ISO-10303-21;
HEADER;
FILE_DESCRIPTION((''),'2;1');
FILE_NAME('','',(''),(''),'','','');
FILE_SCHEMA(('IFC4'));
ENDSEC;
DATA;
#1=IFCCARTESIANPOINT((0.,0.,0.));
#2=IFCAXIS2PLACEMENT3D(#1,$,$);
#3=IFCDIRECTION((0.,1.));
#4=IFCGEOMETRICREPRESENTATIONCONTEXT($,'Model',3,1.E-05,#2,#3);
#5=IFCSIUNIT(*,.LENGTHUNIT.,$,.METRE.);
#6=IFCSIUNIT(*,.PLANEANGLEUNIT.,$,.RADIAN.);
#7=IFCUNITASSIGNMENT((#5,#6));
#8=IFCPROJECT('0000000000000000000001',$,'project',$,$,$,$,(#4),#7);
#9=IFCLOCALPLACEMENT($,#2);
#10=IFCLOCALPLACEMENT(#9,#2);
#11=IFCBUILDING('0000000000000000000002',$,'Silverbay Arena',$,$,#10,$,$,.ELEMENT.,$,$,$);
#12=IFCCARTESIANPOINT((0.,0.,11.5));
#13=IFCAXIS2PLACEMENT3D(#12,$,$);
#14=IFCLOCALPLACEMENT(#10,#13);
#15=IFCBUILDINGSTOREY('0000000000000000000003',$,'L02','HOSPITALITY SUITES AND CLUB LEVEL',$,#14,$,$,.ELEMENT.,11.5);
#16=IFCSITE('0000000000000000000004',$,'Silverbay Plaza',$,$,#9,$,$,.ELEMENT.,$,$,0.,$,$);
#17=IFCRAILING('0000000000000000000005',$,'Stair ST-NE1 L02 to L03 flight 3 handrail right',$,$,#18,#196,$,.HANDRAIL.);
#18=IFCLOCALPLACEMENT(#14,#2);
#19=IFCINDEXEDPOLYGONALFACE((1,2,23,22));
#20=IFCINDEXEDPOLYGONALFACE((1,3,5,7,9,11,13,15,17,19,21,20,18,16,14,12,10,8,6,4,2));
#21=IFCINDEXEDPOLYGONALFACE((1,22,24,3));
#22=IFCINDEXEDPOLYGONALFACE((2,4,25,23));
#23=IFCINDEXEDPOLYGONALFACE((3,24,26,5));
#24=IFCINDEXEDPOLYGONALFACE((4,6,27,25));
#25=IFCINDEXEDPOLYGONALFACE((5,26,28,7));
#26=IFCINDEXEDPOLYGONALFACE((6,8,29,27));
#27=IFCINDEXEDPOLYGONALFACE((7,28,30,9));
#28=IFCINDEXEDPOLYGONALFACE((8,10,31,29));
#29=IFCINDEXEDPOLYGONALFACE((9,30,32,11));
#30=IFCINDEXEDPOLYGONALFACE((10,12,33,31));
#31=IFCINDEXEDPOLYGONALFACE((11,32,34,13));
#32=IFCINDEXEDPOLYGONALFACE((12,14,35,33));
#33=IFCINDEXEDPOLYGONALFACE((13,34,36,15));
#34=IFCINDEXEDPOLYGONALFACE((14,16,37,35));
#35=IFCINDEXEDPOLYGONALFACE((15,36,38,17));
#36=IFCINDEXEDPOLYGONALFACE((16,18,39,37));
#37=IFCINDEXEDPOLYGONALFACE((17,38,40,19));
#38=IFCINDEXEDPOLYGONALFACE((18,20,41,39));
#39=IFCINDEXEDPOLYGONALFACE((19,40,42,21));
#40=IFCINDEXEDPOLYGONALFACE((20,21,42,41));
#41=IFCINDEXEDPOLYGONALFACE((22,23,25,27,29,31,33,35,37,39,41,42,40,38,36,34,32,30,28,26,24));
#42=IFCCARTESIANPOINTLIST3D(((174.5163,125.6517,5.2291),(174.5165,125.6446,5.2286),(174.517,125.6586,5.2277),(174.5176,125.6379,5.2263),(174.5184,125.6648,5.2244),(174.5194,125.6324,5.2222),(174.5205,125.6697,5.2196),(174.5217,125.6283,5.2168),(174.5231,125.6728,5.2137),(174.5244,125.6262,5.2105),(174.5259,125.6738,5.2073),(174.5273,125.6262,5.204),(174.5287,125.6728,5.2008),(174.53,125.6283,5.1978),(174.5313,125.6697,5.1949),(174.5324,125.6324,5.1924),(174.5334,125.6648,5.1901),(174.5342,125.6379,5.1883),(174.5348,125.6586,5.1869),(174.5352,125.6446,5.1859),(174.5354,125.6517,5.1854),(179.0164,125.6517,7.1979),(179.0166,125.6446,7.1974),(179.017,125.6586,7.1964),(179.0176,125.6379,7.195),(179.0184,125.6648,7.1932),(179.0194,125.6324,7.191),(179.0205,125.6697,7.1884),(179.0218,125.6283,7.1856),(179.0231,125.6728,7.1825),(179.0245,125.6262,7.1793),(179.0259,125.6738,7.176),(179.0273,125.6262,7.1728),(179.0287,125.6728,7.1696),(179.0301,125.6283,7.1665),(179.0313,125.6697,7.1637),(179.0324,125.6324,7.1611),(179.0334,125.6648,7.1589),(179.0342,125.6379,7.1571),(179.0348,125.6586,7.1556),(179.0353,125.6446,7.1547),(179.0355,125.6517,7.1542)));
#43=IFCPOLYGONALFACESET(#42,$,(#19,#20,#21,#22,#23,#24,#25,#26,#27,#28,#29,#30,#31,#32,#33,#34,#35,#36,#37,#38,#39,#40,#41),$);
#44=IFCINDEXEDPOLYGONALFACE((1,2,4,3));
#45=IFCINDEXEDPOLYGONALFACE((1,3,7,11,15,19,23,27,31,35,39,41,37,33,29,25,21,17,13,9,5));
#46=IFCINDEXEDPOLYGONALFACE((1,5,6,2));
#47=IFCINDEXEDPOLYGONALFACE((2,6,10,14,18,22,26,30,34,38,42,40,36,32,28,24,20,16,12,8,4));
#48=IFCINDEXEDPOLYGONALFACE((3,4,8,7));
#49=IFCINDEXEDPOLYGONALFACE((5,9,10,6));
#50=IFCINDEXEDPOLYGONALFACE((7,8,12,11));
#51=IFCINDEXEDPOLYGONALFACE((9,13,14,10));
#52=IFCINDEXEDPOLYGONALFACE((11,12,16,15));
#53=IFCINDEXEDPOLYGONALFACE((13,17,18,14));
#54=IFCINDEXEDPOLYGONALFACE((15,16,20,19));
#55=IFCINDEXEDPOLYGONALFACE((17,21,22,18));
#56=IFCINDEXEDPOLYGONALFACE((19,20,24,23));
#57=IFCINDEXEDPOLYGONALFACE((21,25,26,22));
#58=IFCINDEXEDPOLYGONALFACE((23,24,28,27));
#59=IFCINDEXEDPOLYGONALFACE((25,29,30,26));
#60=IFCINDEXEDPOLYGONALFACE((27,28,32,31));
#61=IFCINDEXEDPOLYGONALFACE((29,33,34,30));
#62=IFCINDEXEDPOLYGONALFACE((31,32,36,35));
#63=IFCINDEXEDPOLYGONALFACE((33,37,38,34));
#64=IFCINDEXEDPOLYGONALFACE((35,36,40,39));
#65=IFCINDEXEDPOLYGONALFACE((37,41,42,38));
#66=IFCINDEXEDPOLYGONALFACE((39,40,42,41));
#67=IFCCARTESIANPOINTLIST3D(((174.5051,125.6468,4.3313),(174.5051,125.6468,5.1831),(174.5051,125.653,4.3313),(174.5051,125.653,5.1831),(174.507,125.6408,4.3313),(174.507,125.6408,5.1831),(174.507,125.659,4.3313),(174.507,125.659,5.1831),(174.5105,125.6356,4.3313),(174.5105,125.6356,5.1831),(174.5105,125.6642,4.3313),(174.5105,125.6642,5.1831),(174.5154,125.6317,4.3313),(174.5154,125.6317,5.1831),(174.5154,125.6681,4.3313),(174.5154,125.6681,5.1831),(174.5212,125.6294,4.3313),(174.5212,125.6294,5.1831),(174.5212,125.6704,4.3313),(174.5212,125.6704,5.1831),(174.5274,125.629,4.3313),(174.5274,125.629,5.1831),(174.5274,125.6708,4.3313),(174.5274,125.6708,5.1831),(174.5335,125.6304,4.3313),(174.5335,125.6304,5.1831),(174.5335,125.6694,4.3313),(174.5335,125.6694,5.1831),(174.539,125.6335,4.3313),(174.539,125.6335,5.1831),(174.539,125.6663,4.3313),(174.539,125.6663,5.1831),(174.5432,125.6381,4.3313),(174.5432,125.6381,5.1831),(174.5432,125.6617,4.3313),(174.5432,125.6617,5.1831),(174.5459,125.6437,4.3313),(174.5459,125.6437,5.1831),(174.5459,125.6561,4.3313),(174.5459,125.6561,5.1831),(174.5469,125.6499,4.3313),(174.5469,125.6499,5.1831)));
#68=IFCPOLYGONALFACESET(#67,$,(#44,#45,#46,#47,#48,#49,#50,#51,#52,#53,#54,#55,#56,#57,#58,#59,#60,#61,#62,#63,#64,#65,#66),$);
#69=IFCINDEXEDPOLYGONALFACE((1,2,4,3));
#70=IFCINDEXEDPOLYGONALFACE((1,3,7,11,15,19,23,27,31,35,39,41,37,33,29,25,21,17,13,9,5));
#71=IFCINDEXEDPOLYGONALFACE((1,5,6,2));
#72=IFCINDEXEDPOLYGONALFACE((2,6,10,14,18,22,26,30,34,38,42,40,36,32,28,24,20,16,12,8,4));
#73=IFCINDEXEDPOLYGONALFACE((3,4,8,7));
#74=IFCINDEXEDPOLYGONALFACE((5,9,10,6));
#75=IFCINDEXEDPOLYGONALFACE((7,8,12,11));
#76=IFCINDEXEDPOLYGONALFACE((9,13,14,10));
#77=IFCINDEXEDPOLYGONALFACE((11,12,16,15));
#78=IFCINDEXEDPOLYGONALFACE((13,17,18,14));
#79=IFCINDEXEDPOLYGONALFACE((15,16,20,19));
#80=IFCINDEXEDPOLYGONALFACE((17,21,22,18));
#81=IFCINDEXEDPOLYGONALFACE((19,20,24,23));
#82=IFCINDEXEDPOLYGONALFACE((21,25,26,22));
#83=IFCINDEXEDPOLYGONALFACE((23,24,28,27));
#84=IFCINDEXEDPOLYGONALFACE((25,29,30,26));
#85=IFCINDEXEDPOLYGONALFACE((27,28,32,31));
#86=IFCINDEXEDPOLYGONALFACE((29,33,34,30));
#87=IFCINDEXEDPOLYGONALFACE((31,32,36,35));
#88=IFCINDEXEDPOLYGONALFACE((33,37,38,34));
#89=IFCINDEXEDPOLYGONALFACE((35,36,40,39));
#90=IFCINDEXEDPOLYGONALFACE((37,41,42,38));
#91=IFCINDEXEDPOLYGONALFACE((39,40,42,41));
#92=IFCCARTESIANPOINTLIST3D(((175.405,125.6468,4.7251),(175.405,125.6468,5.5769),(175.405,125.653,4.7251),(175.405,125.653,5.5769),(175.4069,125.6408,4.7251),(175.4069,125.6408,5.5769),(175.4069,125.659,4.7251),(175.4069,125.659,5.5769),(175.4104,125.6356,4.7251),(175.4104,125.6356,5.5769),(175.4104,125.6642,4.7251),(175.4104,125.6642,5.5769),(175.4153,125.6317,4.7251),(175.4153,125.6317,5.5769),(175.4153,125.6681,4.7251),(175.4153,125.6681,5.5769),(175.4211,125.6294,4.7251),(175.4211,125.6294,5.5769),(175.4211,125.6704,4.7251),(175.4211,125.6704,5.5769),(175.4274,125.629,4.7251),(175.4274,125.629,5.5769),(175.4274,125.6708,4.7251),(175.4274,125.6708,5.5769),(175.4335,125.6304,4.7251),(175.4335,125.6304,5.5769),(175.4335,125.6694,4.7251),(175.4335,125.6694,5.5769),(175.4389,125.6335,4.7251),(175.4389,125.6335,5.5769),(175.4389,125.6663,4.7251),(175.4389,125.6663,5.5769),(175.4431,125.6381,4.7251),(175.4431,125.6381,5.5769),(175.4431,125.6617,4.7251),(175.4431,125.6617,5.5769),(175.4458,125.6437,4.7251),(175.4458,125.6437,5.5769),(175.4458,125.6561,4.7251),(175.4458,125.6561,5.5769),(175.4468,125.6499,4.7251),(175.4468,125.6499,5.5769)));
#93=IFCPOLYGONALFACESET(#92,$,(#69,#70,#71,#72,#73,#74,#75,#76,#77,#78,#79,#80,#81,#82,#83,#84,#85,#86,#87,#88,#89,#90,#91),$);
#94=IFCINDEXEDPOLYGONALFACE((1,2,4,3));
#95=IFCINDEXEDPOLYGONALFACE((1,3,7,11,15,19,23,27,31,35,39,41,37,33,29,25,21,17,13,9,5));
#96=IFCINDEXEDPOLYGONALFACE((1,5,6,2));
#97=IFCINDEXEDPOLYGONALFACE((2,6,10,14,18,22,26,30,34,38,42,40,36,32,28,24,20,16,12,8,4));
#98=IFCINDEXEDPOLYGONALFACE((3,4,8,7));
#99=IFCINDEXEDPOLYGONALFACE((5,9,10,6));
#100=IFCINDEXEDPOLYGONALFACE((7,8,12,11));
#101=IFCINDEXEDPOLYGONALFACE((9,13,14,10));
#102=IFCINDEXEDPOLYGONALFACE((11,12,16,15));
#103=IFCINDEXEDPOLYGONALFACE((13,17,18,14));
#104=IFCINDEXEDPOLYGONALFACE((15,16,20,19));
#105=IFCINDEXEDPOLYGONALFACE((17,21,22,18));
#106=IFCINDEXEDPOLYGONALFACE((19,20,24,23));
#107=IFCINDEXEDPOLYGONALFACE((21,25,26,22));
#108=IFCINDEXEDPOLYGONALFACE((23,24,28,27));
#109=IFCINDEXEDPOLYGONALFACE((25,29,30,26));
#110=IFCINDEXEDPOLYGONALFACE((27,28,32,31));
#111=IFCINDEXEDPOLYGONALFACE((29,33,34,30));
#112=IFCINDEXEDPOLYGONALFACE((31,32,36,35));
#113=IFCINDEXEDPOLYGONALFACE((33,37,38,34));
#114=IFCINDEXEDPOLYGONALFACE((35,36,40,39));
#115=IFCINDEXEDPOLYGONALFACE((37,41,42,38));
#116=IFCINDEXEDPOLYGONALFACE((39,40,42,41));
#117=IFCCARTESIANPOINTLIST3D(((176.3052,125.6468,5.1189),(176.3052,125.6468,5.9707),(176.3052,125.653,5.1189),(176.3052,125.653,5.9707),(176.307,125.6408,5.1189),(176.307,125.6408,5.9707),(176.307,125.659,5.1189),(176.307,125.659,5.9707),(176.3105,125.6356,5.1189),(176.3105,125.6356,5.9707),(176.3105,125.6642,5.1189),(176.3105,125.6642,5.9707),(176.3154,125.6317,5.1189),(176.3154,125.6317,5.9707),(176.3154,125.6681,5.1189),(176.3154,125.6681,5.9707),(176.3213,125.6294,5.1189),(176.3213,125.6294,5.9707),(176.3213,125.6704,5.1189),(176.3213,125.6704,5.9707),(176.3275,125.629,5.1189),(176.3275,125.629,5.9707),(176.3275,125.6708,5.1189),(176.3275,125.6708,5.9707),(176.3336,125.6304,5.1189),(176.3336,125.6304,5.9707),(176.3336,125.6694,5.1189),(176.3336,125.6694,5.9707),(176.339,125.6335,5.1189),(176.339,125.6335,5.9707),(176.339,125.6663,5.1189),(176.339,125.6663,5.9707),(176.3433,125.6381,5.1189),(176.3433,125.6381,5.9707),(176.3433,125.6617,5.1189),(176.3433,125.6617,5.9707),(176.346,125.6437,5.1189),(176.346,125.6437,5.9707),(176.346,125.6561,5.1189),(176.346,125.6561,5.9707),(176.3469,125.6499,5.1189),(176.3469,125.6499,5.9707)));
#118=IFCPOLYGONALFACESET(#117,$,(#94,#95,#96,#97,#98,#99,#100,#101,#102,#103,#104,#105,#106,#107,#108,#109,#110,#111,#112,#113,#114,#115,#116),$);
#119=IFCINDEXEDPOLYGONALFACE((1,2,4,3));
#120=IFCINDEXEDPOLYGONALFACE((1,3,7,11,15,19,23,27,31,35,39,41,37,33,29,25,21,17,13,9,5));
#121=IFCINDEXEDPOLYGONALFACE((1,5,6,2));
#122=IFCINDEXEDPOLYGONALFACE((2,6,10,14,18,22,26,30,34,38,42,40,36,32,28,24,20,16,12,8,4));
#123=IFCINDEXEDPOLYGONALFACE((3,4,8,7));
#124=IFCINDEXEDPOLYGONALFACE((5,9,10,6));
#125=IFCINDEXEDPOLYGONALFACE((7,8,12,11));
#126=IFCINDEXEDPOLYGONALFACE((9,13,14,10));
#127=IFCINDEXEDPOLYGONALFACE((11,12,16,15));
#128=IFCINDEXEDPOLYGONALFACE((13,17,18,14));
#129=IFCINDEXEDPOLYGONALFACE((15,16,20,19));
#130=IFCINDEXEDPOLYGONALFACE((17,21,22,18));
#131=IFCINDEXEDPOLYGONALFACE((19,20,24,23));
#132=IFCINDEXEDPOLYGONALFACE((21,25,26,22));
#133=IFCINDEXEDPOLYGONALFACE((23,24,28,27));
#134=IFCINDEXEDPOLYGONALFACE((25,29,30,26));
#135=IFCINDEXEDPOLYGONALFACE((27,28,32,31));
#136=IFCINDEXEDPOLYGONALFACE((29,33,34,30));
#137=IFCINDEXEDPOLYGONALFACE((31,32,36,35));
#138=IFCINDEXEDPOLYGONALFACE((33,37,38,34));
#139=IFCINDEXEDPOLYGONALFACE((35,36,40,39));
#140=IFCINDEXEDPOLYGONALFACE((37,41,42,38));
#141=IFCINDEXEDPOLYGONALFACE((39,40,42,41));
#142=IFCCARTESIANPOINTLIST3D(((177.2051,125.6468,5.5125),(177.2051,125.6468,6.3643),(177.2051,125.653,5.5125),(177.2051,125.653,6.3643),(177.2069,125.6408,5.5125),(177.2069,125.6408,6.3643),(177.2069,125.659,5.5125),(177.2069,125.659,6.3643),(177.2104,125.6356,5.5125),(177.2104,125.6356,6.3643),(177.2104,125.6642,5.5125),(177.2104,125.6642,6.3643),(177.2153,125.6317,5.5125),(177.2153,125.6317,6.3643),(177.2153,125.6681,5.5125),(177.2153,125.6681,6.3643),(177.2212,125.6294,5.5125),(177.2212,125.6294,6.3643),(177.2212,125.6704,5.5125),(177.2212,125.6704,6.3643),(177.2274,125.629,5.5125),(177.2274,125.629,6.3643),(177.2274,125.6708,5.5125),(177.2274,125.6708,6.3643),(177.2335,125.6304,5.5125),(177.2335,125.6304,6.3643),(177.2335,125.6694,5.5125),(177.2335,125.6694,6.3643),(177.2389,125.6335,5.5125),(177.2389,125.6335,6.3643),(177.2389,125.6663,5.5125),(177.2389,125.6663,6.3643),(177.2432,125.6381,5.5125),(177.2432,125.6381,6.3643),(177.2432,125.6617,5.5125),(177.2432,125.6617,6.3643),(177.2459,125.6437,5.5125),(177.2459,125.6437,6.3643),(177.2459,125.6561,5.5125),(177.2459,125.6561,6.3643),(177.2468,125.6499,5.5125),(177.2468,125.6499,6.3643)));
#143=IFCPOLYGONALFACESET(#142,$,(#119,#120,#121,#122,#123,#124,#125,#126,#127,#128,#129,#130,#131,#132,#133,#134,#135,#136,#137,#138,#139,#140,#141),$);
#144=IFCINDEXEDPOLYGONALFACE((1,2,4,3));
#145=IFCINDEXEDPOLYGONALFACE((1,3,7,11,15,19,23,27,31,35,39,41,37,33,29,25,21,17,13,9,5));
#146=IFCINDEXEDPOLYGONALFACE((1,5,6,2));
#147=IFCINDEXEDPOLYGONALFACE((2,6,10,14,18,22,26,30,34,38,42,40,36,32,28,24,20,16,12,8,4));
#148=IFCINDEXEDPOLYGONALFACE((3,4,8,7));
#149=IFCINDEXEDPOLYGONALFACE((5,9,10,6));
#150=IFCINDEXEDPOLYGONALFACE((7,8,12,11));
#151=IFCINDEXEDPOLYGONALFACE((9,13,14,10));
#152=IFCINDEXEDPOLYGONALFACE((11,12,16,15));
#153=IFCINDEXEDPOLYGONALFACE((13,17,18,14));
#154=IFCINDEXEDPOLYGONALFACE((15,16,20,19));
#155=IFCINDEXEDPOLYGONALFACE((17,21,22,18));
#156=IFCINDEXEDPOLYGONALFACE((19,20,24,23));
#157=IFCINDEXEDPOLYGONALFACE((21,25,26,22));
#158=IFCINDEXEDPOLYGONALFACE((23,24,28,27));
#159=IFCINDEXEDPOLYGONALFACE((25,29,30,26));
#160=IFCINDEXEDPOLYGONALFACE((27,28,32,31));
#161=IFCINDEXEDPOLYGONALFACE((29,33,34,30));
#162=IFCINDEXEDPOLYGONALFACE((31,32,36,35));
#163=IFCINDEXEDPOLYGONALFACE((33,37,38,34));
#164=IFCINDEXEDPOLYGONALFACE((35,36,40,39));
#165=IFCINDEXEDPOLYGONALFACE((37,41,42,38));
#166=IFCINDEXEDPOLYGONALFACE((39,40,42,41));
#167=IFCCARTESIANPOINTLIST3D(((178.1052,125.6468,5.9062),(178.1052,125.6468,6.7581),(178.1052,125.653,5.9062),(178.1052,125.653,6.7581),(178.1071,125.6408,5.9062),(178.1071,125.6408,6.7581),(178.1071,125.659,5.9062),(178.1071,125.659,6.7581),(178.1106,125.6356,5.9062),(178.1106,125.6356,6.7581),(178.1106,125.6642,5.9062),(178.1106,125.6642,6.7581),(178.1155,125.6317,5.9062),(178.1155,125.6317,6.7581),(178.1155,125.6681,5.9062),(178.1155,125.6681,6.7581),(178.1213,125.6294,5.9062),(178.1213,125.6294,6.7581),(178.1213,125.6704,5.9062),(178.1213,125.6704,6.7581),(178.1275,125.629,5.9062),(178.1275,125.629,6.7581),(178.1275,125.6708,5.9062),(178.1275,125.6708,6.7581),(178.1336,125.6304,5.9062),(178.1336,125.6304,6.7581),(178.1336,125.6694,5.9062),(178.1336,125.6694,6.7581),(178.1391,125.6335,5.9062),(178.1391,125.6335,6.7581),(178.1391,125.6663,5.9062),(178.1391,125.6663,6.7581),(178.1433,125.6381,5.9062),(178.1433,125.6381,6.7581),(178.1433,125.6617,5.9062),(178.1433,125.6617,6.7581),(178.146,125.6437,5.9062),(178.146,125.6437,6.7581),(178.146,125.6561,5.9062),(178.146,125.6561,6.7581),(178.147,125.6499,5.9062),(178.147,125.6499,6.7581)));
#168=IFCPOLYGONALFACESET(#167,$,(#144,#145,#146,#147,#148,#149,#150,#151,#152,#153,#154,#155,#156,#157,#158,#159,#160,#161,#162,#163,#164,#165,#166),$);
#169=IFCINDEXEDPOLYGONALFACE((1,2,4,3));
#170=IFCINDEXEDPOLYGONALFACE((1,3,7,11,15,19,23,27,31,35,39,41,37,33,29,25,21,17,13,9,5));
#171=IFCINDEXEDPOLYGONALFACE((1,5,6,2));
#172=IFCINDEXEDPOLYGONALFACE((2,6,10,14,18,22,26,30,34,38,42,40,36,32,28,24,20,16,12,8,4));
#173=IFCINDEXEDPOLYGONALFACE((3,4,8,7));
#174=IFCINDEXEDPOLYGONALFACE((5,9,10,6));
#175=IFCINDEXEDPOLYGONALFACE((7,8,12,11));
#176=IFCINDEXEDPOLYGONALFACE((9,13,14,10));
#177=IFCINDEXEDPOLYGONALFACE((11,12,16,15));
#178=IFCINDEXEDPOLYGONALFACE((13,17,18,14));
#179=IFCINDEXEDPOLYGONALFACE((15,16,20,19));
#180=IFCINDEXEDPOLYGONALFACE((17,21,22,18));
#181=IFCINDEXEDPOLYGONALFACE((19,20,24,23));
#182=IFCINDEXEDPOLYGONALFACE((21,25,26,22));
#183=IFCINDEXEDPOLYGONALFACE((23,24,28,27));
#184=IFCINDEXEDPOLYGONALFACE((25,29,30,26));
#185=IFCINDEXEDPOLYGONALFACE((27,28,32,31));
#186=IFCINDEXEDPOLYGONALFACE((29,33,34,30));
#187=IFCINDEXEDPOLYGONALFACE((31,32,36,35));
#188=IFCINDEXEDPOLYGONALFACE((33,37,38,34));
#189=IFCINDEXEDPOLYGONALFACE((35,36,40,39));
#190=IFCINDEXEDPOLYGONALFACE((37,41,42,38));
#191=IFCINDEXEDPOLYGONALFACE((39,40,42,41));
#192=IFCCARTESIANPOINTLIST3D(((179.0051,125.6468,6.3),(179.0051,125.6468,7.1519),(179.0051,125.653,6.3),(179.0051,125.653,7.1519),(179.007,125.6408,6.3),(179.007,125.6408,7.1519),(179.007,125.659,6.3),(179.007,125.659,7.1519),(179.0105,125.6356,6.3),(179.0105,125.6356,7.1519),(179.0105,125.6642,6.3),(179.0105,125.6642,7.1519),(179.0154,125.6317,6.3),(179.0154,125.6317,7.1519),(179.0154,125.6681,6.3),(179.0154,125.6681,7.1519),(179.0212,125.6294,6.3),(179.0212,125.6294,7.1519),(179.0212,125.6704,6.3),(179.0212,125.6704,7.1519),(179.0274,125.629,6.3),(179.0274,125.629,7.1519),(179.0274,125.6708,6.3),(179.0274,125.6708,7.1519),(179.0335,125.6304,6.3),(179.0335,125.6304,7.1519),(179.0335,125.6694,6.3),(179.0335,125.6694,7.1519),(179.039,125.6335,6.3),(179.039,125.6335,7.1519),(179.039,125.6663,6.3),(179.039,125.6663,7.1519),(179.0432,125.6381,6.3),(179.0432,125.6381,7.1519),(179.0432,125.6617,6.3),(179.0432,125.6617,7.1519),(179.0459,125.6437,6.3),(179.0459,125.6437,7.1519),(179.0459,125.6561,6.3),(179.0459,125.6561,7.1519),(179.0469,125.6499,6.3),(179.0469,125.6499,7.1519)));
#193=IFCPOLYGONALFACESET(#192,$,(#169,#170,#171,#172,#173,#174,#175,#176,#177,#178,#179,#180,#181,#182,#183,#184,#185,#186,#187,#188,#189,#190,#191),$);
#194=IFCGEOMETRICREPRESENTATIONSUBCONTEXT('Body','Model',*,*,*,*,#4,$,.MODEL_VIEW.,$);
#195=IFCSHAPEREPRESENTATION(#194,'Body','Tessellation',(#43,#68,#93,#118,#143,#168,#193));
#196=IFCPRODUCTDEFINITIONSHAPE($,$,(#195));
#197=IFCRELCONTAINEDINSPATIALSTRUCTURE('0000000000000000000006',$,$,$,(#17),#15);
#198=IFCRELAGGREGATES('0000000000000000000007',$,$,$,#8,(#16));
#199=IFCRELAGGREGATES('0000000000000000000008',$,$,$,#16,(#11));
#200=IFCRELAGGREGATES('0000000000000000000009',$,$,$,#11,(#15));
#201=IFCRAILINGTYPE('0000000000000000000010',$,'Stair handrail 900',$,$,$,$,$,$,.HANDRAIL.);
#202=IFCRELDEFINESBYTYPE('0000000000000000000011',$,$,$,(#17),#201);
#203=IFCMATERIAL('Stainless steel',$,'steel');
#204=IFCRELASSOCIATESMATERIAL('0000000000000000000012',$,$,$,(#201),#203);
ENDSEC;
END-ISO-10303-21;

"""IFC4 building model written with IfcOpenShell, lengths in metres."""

from ifc_helpers import new_model, si_unit, direction, frame, origin, origin_2d, place, context, subcontext, project, spatial, circle, extrude, material, type_object, element, save


model = new_model("IFC4")

# Units and contexts
model_context = context("Model", 3, precision=1e-05, world=origin(), true_north=direction((0.0, 1.0)))
body_context = subcontext(model_context, "Body", "Model", "MODEL_VIEW")
ifc_project = project(units=[si_unit("LENGTHUNIT", "METRE"), si_unit("PLANEANGLEUNIT", "RADIAN")], contexts=[model_context])

# Site, building, storey
site_placement = place(None, origin())
site = spatial("IfcSite", under=ifc_project, at=site_placement, Name="Silverbay Plaza", CompositionType="ELEMENT", RefElevation=0.0)
building_placement = place(site_placement, origin())
building = spatial("IfcBuilding", under=site, at=building_placement, Name="Silverbay Arena", CompositionType="ELEMENT")
storey_placement = place(building_placement, frame((0.0, 0.0, 11.5)))
storey = spatial("IfcBuildingStorey", under=building, at=storey_placement, Name="L02", Description="HOSPITALITY SUITES AND CLUB LEVEL", CompositionType="ELEMENT", Elevation=11.5)

# Railing
ifc_material_1 = material(Name="Stainless steel", Category="steel")
railing_type_1 = type_object("IfcRailingType", Name="Stair handrail 900", PredefinedType="HANDRAIL", material=ifc_material_1)
for number, where, name in (
    (1, (174.5259, 125.6499, 4.3313), "Stair ST-NE1 L02 to L03 flight 3 handrail right"),
):
    element("IfcRailing", number, at=place(storey_placement, frame(where)), inside=storey, type_object=railing_type_1, Name=name, PredefinedType="HANDRAIL", context=body_context, shape_type="SweptSolid", body=[
        extrude(circle(Radius=0.0239, at=origin_2d()), frame((0.0, 0.0, 0.876), z_axis=(0.916157, 0.0, 0.400819), x_axis=(0.0, 1.0, 0.0)), (0.0, 0.0, 1.0), 4.9119),
        extrude(circle(Radius=0.021, at=origin_2d()), origin(), (0.0, 0.0, 1.0), 0.8518),
        extrude(circle(Radius=0.021, at=origin_2d()), frame((0.8999, 0.0, 0.3938)), (0.0, 0.0, 1.0), 0.8518),
        extrude(circle(Radius=0.021, at=origin_2d()), frame((1.8, 0.0, 0.7876)), (0.0, 0.0, 1.0), 0.8518),
        extrude(circle(Radius=0.021, at=origin_2d()), frame((2.7, 0.0, 1.1812)), (0.0, 0.0, 1.0), 0.8518),
        extrude(circle(Radius=0.021, at=origin_2d()), frame((3.6001, 0.0, 1.575)), (0.0, 0.0, 1.0), 0.8518),
        extrude(circle(Radius=0.021, at=origin_2d()), frame((4.5, 0.0, 1.9688)), (0.0, 0.0, 1.0), 0.8518),
    ])

save(model, "model.ifc")
